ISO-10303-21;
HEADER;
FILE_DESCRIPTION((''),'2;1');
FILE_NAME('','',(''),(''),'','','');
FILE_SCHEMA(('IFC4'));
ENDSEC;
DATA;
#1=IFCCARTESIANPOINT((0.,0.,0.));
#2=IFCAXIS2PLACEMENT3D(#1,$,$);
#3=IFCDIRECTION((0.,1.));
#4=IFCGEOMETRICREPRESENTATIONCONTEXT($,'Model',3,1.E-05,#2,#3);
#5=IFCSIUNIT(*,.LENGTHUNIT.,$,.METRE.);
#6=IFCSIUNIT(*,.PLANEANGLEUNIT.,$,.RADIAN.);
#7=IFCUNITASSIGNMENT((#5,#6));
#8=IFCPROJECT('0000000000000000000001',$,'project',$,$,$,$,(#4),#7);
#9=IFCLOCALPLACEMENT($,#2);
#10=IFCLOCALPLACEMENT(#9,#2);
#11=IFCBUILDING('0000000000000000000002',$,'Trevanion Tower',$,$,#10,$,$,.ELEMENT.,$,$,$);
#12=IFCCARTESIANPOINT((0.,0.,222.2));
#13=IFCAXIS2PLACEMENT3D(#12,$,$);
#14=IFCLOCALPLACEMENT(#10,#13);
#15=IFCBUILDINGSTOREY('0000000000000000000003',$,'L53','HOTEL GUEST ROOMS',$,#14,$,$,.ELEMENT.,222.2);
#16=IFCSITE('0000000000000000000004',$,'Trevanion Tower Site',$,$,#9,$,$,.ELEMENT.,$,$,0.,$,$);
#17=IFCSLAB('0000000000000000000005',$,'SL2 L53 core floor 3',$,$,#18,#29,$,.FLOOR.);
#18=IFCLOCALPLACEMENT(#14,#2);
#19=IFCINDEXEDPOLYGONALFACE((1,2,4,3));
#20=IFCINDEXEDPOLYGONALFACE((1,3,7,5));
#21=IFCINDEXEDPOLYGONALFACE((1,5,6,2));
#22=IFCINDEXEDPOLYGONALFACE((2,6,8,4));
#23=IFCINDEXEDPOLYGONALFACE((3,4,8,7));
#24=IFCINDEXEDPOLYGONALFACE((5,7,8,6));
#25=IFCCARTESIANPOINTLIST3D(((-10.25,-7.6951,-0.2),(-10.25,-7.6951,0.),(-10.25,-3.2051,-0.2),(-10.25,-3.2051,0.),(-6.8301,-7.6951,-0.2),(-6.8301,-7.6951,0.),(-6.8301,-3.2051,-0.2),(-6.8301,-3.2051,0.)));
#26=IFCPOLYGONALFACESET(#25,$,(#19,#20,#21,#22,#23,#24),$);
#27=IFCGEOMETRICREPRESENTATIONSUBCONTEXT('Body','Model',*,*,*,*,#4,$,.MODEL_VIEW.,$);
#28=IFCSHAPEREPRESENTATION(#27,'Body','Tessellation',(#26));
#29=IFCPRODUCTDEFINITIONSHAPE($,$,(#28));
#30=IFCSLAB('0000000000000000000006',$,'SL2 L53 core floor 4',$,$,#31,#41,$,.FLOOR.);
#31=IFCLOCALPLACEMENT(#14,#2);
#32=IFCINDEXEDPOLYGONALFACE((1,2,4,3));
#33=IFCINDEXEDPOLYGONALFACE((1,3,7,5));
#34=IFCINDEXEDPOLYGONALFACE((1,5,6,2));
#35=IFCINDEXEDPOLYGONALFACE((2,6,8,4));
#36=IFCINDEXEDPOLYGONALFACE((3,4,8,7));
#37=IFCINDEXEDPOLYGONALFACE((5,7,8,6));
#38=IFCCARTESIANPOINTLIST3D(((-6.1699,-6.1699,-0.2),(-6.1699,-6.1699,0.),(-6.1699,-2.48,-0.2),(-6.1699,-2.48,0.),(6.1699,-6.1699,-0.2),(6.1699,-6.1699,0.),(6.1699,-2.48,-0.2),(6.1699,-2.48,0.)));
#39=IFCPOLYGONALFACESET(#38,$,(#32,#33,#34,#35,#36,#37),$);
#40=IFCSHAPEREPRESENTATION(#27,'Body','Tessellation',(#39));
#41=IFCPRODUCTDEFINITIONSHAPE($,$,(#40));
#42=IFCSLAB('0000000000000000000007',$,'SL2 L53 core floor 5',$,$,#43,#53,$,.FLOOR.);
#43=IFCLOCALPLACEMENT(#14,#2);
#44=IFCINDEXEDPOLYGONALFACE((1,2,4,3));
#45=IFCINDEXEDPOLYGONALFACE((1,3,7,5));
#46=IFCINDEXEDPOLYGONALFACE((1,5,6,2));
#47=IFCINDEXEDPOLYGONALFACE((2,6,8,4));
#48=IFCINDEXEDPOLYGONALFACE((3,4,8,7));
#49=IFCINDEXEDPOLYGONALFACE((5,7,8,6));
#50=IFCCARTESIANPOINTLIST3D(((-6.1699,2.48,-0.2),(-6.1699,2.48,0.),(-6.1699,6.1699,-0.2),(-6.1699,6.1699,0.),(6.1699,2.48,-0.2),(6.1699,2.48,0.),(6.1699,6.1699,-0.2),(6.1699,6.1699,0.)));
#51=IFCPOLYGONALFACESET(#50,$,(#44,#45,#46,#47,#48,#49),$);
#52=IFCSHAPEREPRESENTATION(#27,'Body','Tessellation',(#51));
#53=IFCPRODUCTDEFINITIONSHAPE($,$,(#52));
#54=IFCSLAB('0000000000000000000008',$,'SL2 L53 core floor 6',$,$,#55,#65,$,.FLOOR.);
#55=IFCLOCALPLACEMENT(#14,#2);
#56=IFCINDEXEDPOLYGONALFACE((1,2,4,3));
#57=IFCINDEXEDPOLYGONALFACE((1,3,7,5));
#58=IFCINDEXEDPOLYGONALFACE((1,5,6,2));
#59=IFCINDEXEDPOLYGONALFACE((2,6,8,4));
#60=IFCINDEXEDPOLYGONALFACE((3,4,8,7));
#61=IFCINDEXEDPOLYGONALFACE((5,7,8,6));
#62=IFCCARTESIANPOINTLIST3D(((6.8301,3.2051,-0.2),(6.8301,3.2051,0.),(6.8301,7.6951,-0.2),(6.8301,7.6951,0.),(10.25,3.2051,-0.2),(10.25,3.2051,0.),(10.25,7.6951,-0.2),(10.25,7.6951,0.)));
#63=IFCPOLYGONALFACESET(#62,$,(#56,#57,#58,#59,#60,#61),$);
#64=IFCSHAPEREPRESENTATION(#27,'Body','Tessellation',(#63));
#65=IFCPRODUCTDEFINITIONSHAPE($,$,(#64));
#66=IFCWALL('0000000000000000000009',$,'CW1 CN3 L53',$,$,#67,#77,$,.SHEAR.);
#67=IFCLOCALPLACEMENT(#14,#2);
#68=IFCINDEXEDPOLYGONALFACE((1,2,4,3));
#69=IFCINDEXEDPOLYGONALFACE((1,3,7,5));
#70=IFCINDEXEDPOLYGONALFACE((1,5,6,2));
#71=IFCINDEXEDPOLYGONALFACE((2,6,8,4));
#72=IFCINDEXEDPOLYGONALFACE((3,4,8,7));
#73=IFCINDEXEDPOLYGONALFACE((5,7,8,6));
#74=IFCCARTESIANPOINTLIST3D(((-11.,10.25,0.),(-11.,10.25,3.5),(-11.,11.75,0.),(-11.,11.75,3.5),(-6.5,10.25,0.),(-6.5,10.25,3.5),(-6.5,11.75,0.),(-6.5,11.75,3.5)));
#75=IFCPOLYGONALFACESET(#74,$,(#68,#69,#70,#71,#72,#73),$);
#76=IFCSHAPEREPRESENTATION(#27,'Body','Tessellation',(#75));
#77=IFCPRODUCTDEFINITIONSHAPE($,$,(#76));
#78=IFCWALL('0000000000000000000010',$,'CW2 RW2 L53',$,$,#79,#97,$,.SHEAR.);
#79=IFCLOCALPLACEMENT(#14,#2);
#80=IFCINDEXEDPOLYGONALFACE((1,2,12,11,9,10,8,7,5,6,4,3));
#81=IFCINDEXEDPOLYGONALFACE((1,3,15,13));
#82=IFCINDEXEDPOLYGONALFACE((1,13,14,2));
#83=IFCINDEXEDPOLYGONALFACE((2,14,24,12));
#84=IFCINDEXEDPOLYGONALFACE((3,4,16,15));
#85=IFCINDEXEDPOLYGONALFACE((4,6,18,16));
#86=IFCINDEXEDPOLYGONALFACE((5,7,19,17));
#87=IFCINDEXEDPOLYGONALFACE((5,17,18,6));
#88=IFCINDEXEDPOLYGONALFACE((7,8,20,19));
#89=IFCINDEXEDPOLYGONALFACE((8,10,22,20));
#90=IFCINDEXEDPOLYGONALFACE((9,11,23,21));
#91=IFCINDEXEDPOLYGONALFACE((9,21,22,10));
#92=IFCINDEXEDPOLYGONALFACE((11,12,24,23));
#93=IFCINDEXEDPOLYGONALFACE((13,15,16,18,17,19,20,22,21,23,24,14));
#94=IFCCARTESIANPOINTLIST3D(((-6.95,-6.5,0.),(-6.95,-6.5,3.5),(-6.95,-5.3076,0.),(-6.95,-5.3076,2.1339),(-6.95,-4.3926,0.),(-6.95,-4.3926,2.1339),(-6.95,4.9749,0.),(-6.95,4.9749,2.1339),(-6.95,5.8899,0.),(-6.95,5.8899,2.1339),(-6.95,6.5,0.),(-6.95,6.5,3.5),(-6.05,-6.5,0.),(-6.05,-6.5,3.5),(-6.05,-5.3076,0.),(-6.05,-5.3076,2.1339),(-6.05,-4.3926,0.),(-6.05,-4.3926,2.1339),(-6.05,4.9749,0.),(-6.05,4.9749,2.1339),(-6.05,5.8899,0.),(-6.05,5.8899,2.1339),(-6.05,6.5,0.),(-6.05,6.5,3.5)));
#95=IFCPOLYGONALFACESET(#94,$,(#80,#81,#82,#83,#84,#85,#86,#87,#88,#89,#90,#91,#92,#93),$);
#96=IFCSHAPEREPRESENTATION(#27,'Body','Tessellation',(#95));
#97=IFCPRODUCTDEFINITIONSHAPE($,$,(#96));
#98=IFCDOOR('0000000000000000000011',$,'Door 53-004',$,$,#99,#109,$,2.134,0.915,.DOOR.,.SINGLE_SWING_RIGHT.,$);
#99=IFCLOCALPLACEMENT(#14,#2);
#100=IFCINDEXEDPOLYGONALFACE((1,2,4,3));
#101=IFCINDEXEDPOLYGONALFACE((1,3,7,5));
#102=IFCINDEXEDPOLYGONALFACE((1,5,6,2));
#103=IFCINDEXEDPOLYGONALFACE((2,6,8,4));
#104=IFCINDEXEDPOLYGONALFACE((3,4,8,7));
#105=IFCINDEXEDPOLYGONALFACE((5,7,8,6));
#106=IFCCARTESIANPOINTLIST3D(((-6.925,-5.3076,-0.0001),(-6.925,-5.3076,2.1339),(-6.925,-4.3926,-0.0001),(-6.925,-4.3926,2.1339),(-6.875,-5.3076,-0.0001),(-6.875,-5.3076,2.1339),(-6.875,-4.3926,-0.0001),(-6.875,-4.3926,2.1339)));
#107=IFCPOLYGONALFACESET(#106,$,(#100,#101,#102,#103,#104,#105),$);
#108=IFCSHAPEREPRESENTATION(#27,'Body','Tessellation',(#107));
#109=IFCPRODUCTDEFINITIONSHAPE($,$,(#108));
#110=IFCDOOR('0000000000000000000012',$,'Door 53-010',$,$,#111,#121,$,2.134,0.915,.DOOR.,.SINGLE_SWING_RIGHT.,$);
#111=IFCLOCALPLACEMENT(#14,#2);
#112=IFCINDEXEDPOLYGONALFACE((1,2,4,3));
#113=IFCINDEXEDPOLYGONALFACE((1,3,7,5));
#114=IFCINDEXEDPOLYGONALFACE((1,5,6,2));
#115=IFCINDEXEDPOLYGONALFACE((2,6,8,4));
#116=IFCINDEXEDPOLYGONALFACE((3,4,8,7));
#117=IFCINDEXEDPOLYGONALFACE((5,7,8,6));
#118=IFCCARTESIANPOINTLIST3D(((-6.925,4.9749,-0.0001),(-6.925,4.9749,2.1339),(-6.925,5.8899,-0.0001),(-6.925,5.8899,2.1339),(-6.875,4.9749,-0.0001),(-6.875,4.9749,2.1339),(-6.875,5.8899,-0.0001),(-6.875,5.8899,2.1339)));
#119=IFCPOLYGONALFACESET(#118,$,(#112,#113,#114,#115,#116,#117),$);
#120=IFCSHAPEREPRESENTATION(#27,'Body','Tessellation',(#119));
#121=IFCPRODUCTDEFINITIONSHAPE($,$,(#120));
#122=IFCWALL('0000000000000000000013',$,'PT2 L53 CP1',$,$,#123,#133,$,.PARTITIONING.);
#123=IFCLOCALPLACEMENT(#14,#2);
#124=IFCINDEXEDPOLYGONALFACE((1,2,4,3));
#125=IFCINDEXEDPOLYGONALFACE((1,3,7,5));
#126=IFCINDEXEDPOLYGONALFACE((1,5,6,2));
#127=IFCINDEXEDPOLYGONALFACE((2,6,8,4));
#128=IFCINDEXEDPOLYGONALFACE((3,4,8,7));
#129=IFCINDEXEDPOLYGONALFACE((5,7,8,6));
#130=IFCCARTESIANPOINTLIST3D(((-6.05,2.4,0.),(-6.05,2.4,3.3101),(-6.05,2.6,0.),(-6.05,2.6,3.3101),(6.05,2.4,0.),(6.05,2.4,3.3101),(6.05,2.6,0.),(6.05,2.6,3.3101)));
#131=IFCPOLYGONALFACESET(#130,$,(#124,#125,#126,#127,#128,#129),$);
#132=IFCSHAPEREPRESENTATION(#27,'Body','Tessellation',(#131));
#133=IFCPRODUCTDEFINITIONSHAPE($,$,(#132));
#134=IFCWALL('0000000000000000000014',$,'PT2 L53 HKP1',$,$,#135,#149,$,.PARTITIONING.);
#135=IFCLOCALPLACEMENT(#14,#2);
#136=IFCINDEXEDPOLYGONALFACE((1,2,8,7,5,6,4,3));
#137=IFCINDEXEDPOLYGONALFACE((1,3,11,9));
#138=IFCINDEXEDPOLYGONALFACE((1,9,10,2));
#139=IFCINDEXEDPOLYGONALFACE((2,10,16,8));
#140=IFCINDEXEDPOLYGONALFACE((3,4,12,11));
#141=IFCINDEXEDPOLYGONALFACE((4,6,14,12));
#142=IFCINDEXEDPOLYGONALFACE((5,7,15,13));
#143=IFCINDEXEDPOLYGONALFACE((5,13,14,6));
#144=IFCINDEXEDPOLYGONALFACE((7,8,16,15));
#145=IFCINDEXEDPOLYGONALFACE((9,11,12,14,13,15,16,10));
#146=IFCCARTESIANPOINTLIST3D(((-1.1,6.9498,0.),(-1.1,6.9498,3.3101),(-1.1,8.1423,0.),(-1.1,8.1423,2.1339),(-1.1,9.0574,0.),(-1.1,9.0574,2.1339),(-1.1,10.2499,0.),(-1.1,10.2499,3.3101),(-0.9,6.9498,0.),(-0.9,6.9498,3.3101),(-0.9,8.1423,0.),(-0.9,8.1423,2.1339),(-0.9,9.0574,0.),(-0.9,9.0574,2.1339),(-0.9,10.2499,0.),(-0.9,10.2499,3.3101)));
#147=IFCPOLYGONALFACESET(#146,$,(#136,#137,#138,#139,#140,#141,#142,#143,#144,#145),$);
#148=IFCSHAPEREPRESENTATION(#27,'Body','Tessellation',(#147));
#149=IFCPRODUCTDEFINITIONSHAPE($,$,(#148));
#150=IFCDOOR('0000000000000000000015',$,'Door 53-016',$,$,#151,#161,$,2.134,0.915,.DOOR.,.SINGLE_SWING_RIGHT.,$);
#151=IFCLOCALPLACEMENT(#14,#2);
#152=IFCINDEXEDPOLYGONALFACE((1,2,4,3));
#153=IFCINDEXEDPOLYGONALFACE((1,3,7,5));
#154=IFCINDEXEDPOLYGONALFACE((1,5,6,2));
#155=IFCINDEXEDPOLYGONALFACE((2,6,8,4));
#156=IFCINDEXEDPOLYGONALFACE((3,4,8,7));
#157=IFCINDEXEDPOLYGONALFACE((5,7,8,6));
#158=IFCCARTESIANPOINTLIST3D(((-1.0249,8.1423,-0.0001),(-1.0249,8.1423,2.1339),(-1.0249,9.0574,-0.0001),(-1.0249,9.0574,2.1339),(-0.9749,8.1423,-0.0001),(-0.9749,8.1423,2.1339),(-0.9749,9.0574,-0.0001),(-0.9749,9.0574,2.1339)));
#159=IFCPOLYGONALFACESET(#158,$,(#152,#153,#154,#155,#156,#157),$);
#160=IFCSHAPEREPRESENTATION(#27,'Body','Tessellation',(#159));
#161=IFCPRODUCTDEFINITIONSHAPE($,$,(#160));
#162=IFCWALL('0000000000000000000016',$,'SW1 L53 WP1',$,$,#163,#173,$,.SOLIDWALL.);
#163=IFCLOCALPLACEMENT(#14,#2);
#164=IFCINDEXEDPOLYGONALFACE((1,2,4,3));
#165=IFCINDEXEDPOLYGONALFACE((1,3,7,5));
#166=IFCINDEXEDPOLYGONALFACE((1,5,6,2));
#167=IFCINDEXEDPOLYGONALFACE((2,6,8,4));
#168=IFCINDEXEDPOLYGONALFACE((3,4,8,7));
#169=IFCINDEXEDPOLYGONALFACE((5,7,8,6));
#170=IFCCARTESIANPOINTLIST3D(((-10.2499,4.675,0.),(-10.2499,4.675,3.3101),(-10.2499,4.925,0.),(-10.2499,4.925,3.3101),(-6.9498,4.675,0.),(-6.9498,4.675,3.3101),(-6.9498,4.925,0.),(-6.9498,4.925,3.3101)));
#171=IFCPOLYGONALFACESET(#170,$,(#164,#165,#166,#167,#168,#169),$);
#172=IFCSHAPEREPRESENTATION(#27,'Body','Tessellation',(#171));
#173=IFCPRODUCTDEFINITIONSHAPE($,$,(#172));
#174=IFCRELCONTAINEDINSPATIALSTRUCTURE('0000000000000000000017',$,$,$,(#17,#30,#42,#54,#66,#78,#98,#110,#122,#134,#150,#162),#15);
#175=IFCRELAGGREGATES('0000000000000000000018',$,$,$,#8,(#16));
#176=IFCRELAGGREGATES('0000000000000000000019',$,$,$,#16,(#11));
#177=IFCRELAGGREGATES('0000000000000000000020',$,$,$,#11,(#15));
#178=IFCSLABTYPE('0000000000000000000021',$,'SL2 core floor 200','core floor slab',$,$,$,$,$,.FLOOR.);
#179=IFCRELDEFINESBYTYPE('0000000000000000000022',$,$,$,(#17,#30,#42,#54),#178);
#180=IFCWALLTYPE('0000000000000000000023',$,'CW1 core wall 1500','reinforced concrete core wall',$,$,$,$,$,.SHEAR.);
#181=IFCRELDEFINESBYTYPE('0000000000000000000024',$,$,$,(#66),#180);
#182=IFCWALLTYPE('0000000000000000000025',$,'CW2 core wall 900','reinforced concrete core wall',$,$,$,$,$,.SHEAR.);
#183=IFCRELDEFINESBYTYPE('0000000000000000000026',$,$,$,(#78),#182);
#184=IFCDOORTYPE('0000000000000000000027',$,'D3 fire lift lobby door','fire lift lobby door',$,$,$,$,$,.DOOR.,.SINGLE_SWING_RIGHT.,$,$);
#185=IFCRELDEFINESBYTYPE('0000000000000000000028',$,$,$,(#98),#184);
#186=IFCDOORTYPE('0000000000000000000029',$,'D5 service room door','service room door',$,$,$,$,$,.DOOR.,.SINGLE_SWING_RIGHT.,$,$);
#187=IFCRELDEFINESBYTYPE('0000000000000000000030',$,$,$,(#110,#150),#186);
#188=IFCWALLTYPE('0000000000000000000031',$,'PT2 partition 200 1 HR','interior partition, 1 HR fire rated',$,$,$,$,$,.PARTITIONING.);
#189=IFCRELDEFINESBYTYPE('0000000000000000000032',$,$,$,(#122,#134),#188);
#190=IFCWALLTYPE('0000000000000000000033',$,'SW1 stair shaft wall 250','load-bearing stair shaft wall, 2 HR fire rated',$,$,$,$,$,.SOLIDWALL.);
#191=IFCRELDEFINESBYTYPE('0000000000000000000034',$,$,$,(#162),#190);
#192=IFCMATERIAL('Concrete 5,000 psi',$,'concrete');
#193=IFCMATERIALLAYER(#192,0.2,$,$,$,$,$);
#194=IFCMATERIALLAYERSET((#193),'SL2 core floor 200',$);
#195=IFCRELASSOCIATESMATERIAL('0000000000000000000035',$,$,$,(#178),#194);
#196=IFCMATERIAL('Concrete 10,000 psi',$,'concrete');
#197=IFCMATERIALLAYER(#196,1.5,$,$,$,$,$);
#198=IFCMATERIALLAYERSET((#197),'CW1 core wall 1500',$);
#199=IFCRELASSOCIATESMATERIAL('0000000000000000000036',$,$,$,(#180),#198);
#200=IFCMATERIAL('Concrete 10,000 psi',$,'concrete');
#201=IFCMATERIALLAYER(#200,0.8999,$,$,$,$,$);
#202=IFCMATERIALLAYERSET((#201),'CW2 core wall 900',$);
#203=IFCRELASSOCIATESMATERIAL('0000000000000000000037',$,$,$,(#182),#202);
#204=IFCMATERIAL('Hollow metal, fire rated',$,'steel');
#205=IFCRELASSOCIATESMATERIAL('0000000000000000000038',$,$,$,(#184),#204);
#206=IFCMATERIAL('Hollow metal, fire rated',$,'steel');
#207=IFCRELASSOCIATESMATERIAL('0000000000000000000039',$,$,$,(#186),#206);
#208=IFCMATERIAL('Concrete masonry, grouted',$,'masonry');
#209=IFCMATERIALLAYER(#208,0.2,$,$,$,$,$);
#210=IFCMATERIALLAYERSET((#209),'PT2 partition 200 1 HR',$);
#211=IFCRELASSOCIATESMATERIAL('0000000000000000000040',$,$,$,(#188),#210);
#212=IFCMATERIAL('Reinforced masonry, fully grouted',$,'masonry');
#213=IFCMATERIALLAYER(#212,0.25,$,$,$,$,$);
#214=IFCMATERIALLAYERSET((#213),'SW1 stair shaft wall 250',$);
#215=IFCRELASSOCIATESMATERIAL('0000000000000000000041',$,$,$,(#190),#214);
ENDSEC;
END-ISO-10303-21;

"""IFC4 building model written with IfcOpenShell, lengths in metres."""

from ifc_helpers import new_model, si_unit, direction, frame, frame_2d, origin, place, context, subcontext, project, spatial, polyline, rectangle, outline, extrude, material, layer, layer_set, type_object, element, fill, save


model = new_model("IFC4")

# Units and contexts
model_context = context("Model", 3, precision=1e-05, world=origin(), true_north=direction((0.0, 1.0)))
body_context = subcontext(model_context, "Body", "Model", "MODEL_VIEW")
ifc_project = project(units=[si_unit("LENGTHUNIT", "METRE"), si_unit("PLANEANGLEUNIT", "RADIAN")], contexts=[model_context])

# Site, building, storey
site_placement = place(None, origin())
site = spatial("IfcSite", under=ifc_project, at=site_placement, Name="Trevanion Tower Site", CompositionType="ELEMENT", RefElevation=0.0)
building_placement = place(site_placement, origin())
building = spatial("IfcBuilding", under=site, at=building_placement, Name="Trevanion Tower", CompositionType="ELEMENT")
storey_placement = place(building_placement, frame((0.0, 0.0, 222.2)))
storey = spatial("IfcBuildingStorey", under=building, at=storey_placement, Name="L53", Description="HOTEL GUEST ROOMS", CompositionType="ELEMENT", Elevation=222.2)

# Slabs
ifc_material_1 = material(Name="Concrete 5,000 psi", Category="concrete")
ifc_layer_1 = layer(ifc_material_1, 0.2)
ifc_layer_set_1 = layer_set([ifc_layer_1], Name="SL2 core floor 200")
slab_type = type_object("IfcSlabType", Name="SL2 core floor 200", Description="core floor slab", PredefinedType="FLOOR", material=ifc_layer_set_1)
slab_1_placement = place(storey_placement, frame((0.0, 0.0, -0.2)))
element("IfcSlab", 1, at=slab_1_placement, inside=storey, type_object=slab_type, Name="SL2 L53 core floor 3", PredefinedType="FLOOR", context=body_context, shape_type="SweptSolid", body=[
    extrude(outline(polyline([(-6.8301, -3.2051), (-6.8301, -7.6951), (-10.25, -7.6951), (-10.25, -3.2051), (-6.8301, -3.2051)])), origin(), (0.0, 0.0, 1.0), 0.2),
])
slab_2_placement = place(storey_placement, frame((0.0, 0.0, -0.2)))
element("IfcSlab", 2, at=slab_2_placement, inside=storey, type_object=slab_type, Name="SL2 L53 core floor 4", PredefinedType="FLOOR", context=body_context, shape_type="SweptSolid", body=[
    extrude(outline(polyline([(6.1699, -6.1699), (-6.1699, -6.1699), (-6.1699, -2.48), (6.1699, -2.48), (6.1699, -6.1699)])), origin(), (0.0, 0.0, 1.0), 0.2),
])
slab_3_placement = place(storey_placement, frame((0.0, 0.0, -0.2)))
element("IfcSlab", 3, at=slab_3_placement, inside=storey, type_object=slab_type, Name="SL2 L53 core floor 5", PredefinedType="FLOOR", context=body_context, shape_type="SweptSolid", body=[
    extrude(outline(polyline([(6.1699, 2.48), (-6.1699, 2.48), (-6.1699, 6.1699), (6.1699, 6.1699), (6.1699, 2.48)])), origin(), (0.0, 0.0, 1.0), 0.2),
])
slab_4_placement = place(storey_placement, frame((0.0, 0.0, -0.2)))
element("IfcSlab", 4, at=slab_4_placement, inside=storey, type_object=slab_type, Name="SL2 L53 core floor 6", PredefinedType="FLOOR", context=body_context, shape_type="SweptSolid", body=[
    extrude(outline(polyline([(6.8301, 3.2051), (6.8301, 7.6951), (10.25, 7.6951), (10.25, 3.2051), (6.8301, 3.2051)])), origin(), (0.0, 0.0, 1.0), 0.2),
])

# Wall
ifc_material_2 = material(Name="Concrete 10,000 psi", Category="concrete")
ifc_layer_2 = layer(ifc_material_2, 1.5)
ifc_layer_set_2 = layer_set([ifc_layer_2], Name="CW1 core wall 1500")
wall_type_1 = type_object("IfcWallType", Name="CW1 core wall 1500", Description="reinforced concrete core wall", PredefinedType="SHEAR", material=ifc_layer_set_2)
wall_1_placement = place(storey_placement, frame((-6.5, 11.0, 0.0), z_axis=(0.0, 0.0, 1.0), x_axis=(-1.0, 0.0, 0.0)))
element("IfcWall", 5, at=wall_1_placement, inside=storey, type_object=wall_type_1, Name="CW1 CN3 L53", PredefinedType="SHEAR", context=body_context, shape_type="SweptSolid", body=[
    extrude(rectangle(XDim=4.5, YDim=1.5, at=frame_2d((2.25, 0.0))), origin(), (0.0, 0.0, 1.0), 3.5),
])

# Wall, openings, doors
ifc_material_3 = material(Name="Concrete 10,000 psi", Category="concrete")
ifc_layer_3 = layer(ifc_material_3, 0.8999)
ifc_layer_set_3 = layer_set([ifc_layer_3], Name="CW2 core wall 900")
wall_type_2 = type_object("IfcWallType", Name="CW2 core wall 900", Description="reinforced concrete core wall", PredefinedType="SHEAR", material=ifc_layer_set_3)
wall_2_placement = place(storey_placement, frame((-6.5, 6.5, 0.0), z_axis=(0.0, 0.0, 1.0), x_axis=(0.0, -1.0, 0.0)))
wall_2 = element("IfcWall", 6, at=wall_2_placement, inside=storey, type_object=wall_type_2, Name="CW2 RW2 L53", PredefinedType="SHEAR", context=body_context, shape_type="SweptSolid", body=[
    extrude(rectangle(XDim=13.0, YDim=0.8999, at=frame_2d((6.5, 0.0))), origin(), (0.0, 0.0, 1.0), 3.5),
])
opening_1_placement = place(wall_2_placement, frame((10.8926, 0.0, 0.0)))
opening_1 = element("IfcOpeningElement", 7, at=opening_1_placement, cuts=wall_2, PredefinedType="OPENING", context=body_context, shape_type="SweptSolid", body=[
    extrude(rectangle(XDim=0.915, YDim=2.134, at=frame_2d((0.4575, 1.0669))), frame((0.0, 0.46, 0.0), z_axis=(0.0, -1.0, 0.0), x_axis=(1.0, 0.0, 0.0)), (0.0, 0.0, 1.0), 0.9199),
])
opening_2_placement = place(wall_2_placement, frame((0.6101, 0.0, 0.0)))
opening_2 = element("IfcOpeningElement", 8, at=opening_2_placement, cuts=wall_2, PredefinedType="OPENING", context=body_context, shape_type="SweptSolid", body=[
    extrude(rectangle(XDim=0.915, YDim=2.134, at=frame_2d((0.4575, 1.0669))), frame((0.0, 0.46, 0.0), z_axis=(0.0, -1.0, 0.0), x_axis=(1.0, 0.0, 0.0)), (0.0, 0.0, 1.0), 0.9199),
])
ifc_material_4 = material(Name="Hollow metal, fire rated", Category="steel")
door_type_1 = type_object("IfcDoorType", Name="D3 fire lift lobby door", Description="fire lift lobby door", OperationType="SINGLE_SWING_RIGHT", PredefinedType="DOOR", material=ifc_material_4)
door_1_placement = place(opening_1_placement, origin())
door_1 = element("IfcDoor", 9, at=door_1_placement, inside=storey, type_object=door_type_1, Name="Door 53-004", OperationType="SINGLE_SWING_RIGHT", OverallHeight=2.134, OverallWidth=0.915, PredefinedType="DOOR", context=body_context, shape_type="SweptSolid", body=[
    extrude(rectangle(XDim=0.915, YDim=2.134, at=frame_2d((0.4575, 1.0669))), frame((0.0, -0.375, 0.0), z_axis=(0.0, -1.0, 0.0), x_axis=(1.0, 0.0, 0.0)), (0.0, 0.0, 1.0), 0.05),
])
fill(opening_1, door_1)
ifc_material_5 = material(Name="Hollow metal, fire rated", Category="steel")
door_type_2 = type_object("IfcDoorType", Name="D5 service room door", Description="service room door", OperationType="SINGLE_SWING_RIGHT", PredefinedType="DOOR", material=ifc_material_5)
door_2_placement = place(opening_2_placement, origin())
door_2 = element("IfcDoor", 10, at=door_2_placement, inside=storey, type_object=door_type_2, Name="Door 53-010", OperationType="SINGLE_SWING_RIGHT", OverallHeight=2.134, OverallWidth=0.915, PredefinedType="DOOR", context=body_context, shape_type="SweptSolid", body=[
    extrude(rectangle(XDim=0.915, YDim=2.134, at=frame_2d((0.4575, 1.0669))), frame((0.0, -0.375, 0.0), z_axis=(0.0, -1.0, 0.0), x_axis=(1.0, 0.0, 0.0)), (0.0, 0.0, 1.0), 0.05),
])
fill(opening_2, door_2)

# Wall
ifc_material_6 = material(Name="Concrete masonry, grouted", Category="masonry")
ifc_layer_4 = layer(ifc_material_6, 0.2)
ifc_layer_set_4 = layer_set([ifc_layer_4], Name="PT2 partition 200 1 HR")
wall_type_3 = type_object("IfcWallType", Name="PT2 partition 200 1 HR", Description="interior partition, 1 HR fire rated", PredefinedType="PARTITIONING", material=ifc_layer_set_4)
wall_3_placement = place(storey_placement, frame((-6.05, 2.5, 0.0), z_axis=(0.0, 0.0, 1.0), x_axis=(1.0, 0.0, 0.0)))
element("IfcWall", 11, at=wall_3_placement, inside=storey, type_object=wall_type_3, Name="PT2 L53 CP1", PredefinedType="PARTITIONING", context=body_context, shape_type="SweptSolid", body=[
    extrude(rectangle(XDim=12.1001, YDim=0.2, at=frame_2d((6.05, 0.0))), origin(), (0.0, 0.0, 1.0), 3.3101),
])

# Wall, opening, door
wall_4_placement = place(storey_placement, frame((-1.0, 6.95, 0.0), z_axis=(0.0, 0.0, 1.0), x_axis=(0.0, 1.0, 0.0)))
wall_4 = element("IfcWall", 12, at=wall_4_placement, inside=storey, type_object=wall_type_3, Name="PT2 L53 HKP1", PredefinedType="PARTITIONING", context=body_context, shape_type="SweptSolid", body=[
    extrude(rectangle(XDim=3.3, YDim=0.2, at=frame_2d((1.6499, 0.0))), origin(), (0.0, 0.0, 1.0), 3.3101),
])
opening_3_placement = place(wall_4_placement, frame((1.1924, 0.0, 0.0)))
opening_3 = element("IfcOpeningElement", 13, at=opening_3_placement, cuts=wall_4, PredefinedType="OPENING", context=body_context, shape_type="SweptSolid", body=[
    extrude(rectangle(XDim=0.915, YDim=2.134, at=frame_2d((0.4575, 1.0669))), frame((0.0, 0.1099, 0.0), z_axis=(0.0, -1.0, 0.0), x_axis=(1.0, 0.0, 0.0)), (0.0, 0.0, 1.0), 0.22),
])
door_3_placement = place(opening_3_placement, origin())
door_3 = element("IfcDoor", 14, at=door_3_placement, inside=storey, type_object=door_type_2, Name="Door 53-016", OperationType="SINGLE_SWING_RIGHT", OverallHeight=2.134, OverallWidth=0.915, PredefinedType="DOOR", context=body_context, shape_type="SweptSolid", body=[
    extrude(rectangle(XDim=0.915, YDim=2.134, at=frame_2d((0.4575, 1.0669))), frame((0.0, 0.0249, 0.0), z_axis=(0.0, -1.0, 0.0), x_axis=(1.0, 0.0, 0.0)), (0.0, 0.0, 1.0), 0.05),
])
fill(opening_3, door_3)

# Wall
ifc_material_7 = material(Name="Reinforced masonry, fully grouted", Category="masonry")
ifc_layer_5 = layer(ifc_material_7, 0.25)
ifc_layer_set_5 = layer_set([ifc_layer_5], Name="SW1 stair shaft wall 250")
wall_type_4 = type_object("IfcWallType", Name="SW1 stair shaft wall 250", Description="load-bearing stair shaft wall, 2 HR fire rated", PredefinedType="SOLIDWALL", material=ifc_layer_set_5)
wall_5_placement = place(storey_placement, frame((-6.95, 4.8, 0.0), z_axis=(0.0, 0.0, 1.0), x_axis=(-1.0, 0.0, 0.0)))
element("IfcWall", 15, at=wall_5_placement, inside=storey, type_object=wall_type_4, Name="SW1 L53 WP1", PredefinedType="SOLIDWALL", context=body_context, shape_type="SweptSolid", body=[
    extrude(rectangle(XDim=3.3, YDim=0.25, at=frame_2d((1.6499, 0.0))), origin(), (0.0, 0.0, 1.0), 3.3101),
])

save(model, "model.ifc")
